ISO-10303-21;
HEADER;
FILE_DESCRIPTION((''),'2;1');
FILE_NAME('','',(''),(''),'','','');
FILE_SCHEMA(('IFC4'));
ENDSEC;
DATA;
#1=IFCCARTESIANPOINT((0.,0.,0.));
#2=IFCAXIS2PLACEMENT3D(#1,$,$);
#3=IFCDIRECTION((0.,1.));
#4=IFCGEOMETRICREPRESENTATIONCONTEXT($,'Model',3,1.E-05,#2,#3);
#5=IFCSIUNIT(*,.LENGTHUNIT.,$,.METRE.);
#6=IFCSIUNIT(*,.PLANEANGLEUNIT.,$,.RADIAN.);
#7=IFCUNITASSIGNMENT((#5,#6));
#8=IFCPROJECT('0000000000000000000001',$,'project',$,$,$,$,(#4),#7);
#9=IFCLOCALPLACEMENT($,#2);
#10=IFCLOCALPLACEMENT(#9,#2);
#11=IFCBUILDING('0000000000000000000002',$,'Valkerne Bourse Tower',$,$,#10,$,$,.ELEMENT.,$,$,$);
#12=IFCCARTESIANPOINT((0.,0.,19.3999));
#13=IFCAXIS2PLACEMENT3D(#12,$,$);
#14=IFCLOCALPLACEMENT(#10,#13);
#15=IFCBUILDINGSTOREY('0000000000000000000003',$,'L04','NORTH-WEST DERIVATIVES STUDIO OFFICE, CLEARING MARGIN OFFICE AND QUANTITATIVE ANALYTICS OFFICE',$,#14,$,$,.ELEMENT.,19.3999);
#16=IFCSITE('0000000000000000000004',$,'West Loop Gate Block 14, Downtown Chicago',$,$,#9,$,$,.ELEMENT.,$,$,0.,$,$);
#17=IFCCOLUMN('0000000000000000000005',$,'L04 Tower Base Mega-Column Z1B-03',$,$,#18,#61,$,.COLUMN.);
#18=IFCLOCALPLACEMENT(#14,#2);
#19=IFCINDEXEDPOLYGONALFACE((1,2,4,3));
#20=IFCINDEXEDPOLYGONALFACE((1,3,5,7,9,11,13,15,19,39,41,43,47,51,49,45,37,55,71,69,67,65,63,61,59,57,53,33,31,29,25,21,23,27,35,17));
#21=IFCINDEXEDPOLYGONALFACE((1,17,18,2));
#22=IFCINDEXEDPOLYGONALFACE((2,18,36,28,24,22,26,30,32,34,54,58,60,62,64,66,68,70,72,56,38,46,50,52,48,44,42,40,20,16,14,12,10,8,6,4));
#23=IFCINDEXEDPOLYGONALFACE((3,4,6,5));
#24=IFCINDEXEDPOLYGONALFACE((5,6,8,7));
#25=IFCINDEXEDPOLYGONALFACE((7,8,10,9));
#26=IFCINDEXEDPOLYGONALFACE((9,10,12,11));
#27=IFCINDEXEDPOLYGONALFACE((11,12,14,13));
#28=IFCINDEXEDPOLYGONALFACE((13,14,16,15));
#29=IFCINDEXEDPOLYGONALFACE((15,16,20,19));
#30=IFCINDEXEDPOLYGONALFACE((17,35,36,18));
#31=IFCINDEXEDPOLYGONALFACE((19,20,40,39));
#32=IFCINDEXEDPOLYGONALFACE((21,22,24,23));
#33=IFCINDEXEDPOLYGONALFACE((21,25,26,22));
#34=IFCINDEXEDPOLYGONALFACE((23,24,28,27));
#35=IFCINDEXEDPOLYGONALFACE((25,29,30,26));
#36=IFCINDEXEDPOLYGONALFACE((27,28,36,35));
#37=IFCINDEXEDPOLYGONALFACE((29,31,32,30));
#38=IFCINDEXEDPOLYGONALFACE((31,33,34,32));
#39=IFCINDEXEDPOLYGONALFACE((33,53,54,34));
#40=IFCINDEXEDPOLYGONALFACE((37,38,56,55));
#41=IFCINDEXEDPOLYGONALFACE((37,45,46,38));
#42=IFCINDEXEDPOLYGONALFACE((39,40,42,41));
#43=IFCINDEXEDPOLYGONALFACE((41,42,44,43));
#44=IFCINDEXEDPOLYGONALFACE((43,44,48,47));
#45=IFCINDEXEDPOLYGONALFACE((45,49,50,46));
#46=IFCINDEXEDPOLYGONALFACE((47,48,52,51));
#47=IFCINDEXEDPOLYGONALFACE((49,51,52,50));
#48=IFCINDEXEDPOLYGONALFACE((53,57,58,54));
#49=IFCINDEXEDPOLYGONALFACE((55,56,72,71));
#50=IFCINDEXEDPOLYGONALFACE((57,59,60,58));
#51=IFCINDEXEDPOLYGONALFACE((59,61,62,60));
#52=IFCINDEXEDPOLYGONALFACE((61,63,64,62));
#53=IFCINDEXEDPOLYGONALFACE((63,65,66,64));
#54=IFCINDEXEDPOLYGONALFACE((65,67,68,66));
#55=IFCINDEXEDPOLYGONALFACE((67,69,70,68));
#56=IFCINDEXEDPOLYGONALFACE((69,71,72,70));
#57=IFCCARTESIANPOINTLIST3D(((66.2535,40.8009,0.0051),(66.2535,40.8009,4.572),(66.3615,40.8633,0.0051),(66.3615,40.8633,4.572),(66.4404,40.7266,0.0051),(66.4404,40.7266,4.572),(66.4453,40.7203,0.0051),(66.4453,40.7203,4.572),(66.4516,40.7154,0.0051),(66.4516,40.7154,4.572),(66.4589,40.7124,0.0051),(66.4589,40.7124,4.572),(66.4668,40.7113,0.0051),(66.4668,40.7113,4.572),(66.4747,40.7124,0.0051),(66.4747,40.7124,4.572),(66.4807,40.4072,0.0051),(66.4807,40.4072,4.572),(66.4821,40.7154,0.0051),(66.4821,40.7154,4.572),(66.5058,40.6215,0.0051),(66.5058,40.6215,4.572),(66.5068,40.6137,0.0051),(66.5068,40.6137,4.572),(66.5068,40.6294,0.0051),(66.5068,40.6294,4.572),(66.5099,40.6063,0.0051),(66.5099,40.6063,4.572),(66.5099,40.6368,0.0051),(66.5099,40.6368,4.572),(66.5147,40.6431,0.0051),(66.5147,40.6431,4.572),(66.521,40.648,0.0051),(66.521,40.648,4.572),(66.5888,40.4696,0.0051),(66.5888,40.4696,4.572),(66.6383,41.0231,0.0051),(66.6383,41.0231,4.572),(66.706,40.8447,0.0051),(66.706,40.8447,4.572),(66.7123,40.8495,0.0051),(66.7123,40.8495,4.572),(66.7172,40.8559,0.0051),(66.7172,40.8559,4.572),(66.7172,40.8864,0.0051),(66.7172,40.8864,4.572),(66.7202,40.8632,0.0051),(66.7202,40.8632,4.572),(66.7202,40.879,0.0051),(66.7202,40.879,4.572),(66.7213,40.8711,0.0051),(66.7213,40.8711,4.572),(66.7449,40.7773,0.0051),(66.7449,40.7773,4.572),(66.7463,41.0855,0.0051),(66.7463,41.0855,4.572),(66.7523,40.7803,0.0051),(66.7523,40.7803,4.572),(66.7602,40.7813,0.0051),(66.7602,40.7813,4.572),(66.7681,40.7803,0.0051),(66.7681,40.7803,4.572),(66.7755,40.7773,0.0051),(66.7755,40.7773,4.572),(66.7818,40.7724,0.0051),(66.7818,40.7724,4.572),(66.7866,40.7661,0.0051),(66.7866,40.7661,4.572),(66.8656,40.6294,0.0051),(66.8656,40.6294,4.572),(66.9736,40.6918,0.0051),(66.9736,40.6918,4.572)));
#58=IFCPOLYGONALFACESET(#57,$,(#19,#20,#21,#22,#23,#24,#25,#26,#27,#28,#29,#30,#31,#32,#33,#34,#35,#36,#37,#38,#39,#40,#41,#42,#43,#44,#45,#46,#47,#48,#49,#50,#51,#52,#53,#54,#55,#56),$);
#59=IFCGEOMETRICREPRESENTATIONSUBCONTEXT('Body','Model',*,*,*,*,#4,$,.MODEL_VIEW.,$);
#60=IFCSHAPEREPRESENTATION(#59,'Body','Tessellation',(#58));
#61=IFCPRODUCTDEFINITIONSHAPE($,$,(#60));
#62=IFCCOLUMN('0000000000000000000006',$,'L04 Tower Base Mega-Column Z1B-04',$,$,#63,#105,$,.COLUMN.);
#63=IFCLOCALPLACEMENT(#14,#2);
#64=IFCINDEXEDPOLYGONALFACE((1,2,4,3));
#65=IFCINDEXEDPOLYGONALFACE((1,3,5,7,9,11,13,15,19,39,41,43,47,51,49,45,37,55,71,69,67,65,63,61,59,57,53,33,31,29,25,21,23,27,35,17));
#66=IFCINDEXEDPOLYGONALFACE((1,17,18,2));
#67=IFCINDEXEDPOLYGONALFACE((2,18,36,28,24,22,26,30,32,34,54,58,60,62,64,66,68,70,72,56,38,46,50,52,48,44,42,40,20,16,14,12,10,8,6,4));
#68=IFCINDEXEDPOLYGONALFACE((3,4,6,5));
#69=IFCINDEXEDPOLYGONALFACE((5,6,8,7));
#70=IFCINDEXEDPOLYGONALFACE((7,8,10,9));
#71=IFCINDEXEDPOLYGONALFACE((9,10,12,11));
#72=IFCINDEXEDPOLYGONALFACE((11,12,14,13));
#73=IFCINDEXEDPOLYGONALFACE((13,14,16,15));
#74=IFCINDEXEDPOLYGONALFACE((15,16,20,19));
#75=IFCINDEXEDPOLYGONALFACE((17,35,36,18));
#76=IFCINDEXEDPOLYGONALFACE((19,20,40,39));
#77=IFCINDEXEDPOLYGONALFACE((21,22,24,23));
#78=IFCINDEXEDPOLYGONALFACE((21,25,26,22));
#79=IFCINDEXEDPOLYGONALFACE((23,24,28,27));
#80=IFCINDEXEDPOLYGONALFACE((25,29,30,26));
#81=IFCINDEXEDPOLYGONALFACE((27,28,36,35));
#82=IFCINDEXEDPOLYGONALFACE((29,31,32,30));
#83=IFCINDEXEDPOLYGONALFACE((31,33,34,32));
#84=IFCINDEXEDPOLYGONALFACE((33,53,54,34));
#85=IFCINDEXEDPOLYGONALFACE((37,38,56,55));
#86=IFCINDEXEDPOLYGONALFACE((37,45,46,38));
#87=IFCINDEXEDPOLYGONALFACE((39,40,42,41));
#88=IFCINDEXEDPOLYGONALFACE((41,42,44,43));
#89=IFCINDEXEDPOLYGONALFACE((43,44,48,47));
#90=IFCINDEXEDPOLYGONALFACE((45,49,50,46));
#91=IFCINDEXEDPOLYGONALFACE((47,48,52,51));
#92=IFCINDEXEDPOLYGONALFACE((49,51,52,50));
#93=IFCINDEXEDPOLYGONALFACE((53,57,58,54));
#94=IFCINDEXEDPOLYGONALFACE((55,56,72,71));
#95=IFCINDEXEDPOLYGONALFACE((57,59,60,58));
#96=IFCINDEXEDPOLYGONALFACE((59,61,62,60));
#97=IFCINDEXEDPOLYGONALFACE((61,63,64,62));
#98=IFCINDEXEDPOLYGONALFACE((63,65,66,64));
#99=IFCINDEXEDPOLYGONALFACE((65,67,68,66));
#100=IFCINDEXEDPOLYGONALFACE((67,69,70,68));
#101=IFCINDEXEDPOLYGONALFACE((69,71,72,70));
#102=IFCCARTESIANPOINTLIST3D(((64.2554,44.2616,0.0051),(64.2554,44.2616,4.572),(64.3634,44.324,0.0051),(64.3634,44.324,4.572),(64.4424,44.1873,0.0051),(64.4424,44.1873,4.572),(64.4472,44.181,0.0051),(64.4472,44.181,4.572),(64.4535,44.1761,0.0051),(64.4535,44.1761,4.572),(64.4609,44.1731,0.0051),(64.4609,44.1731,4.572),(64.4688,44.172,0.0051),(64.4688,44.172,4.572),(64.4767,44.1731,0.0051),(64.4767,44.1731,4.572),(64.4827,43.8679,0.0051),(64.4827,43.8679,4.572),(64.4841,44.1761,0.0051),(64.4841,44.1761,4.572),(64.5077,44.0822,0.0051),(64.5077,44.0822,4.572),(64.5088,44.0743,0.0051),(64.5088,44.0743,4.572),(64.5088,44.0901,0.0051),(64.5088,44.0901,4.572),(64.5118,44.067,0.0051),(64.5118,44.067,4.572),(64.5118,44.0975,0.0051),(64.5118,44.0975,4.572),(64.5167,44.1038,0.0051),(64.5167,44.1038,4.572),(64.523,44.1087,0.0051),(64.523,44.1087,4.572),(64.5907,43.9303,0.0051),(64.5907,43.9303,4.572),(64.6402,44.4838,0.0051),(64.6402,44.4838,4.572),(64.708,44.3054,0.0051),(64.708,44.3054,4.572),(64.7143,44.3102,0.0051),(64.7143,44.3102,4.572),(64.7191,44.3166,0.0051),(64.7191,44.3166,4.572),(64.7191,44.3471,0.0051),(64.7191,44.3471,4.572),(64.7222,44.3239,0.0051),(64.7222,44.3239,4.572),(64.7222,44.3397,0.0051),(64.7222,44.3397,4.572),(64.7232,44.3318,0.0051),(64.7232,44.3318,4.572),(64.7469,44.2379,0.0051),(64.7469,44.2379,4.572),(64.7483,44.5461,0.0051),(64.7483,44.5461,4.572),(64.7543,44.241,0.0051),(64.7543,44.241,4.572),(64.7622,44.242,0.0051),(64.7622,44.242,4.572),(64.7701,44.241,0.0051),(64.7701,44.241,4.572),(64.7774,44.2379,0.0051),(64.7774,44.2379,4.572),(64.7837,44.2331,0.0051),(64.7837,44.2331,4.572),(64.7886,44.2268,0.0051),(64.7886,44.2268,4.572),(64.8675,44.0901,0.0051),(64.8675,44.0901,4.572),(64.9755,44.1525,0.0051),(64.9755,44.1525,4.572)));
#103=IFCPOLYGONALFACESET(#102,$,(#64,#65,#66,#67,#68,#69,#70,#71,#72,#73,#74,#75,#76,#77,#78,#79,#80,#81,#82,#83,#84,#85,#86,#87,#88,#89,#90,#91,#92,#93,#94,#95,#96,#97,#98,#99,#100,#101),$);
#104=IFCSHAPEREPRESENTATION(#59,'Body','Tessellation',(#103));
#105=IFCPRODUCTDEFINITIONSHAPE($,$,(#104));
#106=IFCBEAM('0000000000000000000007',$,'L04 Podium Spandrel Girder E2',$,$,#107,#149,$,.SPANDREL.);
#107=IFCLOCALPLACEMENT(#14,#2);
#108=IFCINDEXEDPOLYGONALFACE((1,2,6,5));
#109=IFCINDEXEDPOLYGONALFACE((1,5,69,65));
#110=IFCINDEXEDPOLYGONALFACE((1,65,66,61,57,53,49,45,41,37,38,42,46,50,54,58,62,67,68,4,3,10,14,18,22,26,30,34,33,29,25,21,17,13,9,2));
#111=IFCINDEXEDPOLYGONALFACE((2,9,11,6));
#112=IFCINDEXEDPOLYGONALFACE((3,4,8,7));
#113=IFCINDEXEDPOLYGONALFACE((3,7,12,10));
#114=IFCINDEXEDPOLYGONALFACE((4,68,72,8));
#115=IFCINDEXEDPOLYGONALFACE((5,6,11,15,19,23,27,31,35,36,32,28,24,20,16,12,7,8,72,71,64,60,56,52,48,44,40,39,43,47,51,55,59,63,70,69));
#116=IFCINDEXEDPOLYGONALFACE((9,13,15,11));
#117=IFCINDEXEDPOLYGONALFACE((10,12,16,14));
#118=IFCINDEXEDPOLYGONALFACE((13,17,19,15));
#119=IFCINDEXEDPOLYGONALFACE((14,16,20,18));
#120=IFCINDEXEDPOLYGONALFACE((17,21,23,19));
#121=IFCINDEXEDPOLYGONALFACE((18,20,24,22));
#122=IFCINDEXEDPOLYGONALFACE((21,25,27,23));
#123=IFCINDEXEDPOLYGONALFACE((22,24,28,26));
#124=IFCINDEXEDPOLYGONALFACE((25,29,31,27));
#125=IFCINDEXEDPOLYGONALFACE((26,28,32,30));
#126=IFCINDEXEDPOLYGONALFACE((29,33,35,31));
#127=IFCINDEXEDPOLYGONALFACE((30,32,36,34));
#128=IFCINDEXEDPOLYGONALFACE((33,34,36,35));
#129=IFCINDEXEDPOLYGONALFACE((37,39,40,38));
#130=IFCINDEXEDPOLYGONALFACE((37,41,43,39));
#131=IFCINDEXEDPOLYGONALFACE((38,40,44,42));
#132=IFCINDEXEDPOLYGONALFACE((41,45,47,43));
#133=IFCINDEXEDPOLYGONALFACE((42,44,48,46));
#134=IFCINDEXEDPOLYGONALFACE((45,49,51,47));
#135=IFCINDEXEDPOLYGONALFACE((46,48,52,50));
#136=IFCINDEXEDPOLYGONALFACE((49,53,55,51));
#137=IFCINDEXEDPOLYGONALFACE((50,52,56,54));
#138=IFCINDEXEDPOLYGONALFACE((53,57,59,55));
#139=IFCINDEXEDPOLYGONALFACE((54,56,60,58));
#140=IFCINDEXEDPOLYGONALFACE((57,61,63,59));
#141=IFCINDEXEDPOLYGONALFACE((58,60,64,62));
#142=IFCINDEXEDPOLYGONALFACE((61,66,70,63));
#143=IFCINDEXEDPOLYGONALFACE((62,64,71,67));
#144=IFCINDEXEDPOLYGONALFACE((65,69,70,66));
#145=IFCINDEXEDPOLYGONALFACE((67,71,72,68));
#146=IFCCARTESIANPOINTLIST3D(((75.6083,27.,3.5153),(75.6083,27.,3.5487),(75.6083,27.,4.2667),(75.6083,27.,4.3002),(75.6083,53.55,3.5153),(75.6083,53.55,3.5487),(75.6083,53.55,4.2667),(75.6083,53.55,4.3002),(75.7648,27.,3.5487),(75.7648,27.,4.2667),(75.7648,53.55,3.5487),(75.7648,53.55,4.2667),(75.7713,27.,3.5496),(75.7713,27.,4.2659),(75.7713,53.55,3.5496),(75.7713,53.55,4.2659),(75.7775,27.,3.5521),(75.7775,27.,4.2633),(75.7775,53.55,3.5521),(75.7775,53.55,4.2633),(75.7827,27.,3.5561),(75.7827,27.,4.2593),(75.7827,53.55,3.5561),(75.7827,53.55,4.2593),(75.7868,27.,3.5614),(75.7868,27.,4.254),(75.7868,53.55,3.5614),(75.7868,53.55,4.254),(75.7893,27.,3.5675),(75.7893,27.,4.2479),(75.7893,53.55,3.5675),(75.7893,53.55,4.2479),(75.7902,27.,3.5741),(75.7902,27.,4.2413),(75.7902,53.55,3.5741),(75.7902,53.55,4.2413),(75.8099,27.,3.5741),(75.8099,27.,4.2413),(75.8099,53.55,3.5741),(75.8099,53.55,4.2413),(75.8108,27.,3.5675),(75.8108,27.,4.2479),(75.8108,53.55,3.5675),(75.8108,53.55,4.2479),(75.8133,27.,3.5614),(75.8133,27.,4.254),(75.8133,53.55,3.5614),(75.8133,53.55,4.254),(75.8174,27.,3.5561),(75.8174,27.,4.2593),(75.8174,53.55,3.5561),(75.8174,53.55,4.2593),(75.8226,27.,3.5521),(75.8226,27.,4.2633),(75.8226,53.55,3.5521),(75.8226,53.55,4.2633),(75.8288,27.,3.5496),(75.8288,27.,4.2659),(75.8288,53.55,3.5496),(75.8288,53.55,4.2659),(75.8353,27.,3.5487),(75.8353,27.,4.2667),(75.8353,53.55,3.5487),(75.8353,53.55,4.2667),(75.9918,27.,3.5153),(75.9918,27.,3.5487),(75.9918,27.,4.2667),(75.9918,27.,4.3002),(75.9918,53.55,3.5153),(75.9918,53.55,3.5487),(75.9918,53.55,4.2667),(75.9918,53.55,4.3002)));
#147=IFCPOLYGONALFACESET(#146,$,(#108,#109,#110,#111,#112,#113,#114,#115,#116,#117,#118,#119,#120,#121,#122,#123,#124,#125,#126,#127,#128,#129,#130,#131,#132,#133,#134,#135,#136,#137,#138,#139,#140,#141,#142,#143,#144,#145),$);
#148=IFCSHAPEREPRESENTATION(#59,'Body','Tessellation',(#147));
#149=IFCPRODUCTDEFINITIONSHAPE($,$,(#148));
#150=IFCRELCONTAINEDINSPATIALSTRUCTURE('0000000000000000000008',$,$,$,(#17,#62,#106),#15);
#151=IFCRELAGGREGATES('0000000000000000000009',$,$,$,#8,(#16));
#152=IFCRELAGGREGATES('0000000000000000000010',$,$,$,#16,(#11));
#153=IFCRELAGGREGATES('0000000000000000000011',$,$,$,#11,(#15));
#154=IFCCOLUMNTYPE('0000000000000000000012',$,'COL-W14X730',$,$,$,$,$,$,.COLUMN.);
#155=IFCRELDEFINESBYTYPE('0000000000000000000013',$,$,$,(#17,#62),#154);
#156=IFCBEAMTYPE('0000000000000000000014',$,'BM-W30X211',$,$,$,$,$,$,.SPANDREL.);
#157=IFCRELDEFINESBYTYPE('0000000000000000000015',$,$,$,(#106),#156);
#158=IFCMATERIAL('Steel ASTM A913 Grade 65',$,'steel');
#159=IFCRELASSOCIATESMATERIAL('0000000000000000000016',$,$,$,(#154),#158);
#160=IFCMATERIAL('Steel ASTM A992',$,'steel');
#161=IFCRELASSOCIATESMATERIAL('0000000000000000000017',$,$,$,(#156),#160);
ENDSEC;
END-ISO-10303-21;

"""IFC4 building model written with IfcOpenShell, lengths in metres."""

from ifc_helpers import new_model, si_unit, direction, frame, origin, origin_2d, place, context, subcontext, project, spatial, i_section, extrude, material, material_profile, profile_set, type_object, element, save


model = new_model("IFC4")

# Units and contexts
model_context = context("Model", 3, precision=1e-05, world=origin(), true_north=direction((0.0, 1.0)))
body_context = subcontext(model_context, "Body", "Model", "MODEL_VIEW")
ifc_project = project(units=[si_unit("LENGTHUNIT", "METRE"), si_unit("PLANEANGLEUNIT", "RADIAN")], contexts=[model_context])

# Site, building, storey
site_placement = place(None, origin())
site = spatial("IfcSite", under=ifc_project, at=site_placement, Name="West Loop Gate Block 14, Downtown Chicago", CompositionType="ELEMENT", RefElevation=0.0)
building_placement = place(site_placement, origin())
building = spatial("IfcBuilding", under=site, at=building_placement, Name="Valkerne Bourse Tower", CompositionType="ELEMENT")
storey_placement = place(building_placement, frame((0.0, 0.0, 19.3999)))
storey = spatial("IfcBuildingStorey", under=building, at=storey_placement, Name="L04", Description="NORTH-WEST DERIVATIVES STUDIO OFFICE, CLEARING MARGIN OFFICE AND QUANTITATIVE ANALYTICS OFFICE", CompositionType="ELEMENT", Elevation=19.3999)

# Columns
ifc_material_1 = material(Name="Steel ASTM A913 Grade 65", Category="steel")
ifc_material_profile_1 = material_profile(ifc_material_1, i_section(OverallWidth=0.4546, OverallDepth=0.5691, WebThickness=0.0779, FlangeThickness=0.1248, FilletRadius=0.0305, at=origin_2d()), Name="W14X730")
ifc_profile_set_1 = profile_set([ifc_material_profile_1], Name="Steel ASTM A913 Grade 65")
column_type_1 = type_object("IfcColumnType", Name="COL-W14X730", PredefinedType="COLUMN", material=ifc_profile_set_1)
for number, where, z_axis, x_axis, name in (
    (1, (66.6135, 40.7463, 0.0051), (0.0, 0.0, 1.0), (-0.5, 0.866025, 0.0), "L04 Tower Base Mega-Column Z1B-03"),
    (2, (64.6155, 44.207, 0.0051), (0.0, 0.0, 1.0), (-0.5, 0.866025, 0.0), "L04 Tower Base Mega-Column Z1B-04"),
):
    element("IfcColumn", number, at=place(storey_placement, frame(where, z_axis=z_axis, x_axis=x_axis)), inside=storey, type_object=column_type_1, Name=name, PredefinedType="COLUMN", context=body_context, shape_type="SweptSolid", body=[
        extrude(i_section(OverallWidth=0.4546, OverallDepth=0.5691, WebThickness=0.0779, FlangeThickness=0.1248, FilletRadius=0.0305, at=origin_2d()), origin(), (0.0, 0.0, 1.0), 4.5669),
    ])

# Beam
ifc_material_2 = material(Name="Steel ASTM A992", Category="steel")
ifc_material_profile_2 = material_profile(ifc_material_2, i_section(OverallWidth=0.3835, OverallDepth=0.7849, WebThickness=0.0198, FlangeThickness=0.0334, FilletRadius=0.0254, at=origin_2d()), Name="W30X211")
ifc_profile_set_2 = profile_set([ifc_material_profile_2], Name="Steel ASTM A992")
beam_type = type_object("IfcBeamType", Name="BM-W30X211", PredefinedType="SPANDREL", material=ifc_profile_set_2)
beam_placement = place(storey_placement, frame((75.8, 27.0, 3.9077), z_axis=(0.0, 1.0, 0.0), x_axis=(-1.0, 0.0, 0.0)))
element("IfcBeam", 3, at=beam_placement, inside=storey, type_object=beam_type, Name="L04 Podium Spandrel Girder E2", PredefinedType="SPANDREL", context=body_context, shape_type="SweptSolid", body=[
    extrude(i_section(OverallWidth=0.3835, OverallDepth=0.7849, WebThickness=0.0198, FlangeThickness=0.0334, FilletRadius=0.0254, at=origin_2d()), origin(), (0.0, 0.0, 1.0), 26.55),
])

save(model, "model.ifc")
